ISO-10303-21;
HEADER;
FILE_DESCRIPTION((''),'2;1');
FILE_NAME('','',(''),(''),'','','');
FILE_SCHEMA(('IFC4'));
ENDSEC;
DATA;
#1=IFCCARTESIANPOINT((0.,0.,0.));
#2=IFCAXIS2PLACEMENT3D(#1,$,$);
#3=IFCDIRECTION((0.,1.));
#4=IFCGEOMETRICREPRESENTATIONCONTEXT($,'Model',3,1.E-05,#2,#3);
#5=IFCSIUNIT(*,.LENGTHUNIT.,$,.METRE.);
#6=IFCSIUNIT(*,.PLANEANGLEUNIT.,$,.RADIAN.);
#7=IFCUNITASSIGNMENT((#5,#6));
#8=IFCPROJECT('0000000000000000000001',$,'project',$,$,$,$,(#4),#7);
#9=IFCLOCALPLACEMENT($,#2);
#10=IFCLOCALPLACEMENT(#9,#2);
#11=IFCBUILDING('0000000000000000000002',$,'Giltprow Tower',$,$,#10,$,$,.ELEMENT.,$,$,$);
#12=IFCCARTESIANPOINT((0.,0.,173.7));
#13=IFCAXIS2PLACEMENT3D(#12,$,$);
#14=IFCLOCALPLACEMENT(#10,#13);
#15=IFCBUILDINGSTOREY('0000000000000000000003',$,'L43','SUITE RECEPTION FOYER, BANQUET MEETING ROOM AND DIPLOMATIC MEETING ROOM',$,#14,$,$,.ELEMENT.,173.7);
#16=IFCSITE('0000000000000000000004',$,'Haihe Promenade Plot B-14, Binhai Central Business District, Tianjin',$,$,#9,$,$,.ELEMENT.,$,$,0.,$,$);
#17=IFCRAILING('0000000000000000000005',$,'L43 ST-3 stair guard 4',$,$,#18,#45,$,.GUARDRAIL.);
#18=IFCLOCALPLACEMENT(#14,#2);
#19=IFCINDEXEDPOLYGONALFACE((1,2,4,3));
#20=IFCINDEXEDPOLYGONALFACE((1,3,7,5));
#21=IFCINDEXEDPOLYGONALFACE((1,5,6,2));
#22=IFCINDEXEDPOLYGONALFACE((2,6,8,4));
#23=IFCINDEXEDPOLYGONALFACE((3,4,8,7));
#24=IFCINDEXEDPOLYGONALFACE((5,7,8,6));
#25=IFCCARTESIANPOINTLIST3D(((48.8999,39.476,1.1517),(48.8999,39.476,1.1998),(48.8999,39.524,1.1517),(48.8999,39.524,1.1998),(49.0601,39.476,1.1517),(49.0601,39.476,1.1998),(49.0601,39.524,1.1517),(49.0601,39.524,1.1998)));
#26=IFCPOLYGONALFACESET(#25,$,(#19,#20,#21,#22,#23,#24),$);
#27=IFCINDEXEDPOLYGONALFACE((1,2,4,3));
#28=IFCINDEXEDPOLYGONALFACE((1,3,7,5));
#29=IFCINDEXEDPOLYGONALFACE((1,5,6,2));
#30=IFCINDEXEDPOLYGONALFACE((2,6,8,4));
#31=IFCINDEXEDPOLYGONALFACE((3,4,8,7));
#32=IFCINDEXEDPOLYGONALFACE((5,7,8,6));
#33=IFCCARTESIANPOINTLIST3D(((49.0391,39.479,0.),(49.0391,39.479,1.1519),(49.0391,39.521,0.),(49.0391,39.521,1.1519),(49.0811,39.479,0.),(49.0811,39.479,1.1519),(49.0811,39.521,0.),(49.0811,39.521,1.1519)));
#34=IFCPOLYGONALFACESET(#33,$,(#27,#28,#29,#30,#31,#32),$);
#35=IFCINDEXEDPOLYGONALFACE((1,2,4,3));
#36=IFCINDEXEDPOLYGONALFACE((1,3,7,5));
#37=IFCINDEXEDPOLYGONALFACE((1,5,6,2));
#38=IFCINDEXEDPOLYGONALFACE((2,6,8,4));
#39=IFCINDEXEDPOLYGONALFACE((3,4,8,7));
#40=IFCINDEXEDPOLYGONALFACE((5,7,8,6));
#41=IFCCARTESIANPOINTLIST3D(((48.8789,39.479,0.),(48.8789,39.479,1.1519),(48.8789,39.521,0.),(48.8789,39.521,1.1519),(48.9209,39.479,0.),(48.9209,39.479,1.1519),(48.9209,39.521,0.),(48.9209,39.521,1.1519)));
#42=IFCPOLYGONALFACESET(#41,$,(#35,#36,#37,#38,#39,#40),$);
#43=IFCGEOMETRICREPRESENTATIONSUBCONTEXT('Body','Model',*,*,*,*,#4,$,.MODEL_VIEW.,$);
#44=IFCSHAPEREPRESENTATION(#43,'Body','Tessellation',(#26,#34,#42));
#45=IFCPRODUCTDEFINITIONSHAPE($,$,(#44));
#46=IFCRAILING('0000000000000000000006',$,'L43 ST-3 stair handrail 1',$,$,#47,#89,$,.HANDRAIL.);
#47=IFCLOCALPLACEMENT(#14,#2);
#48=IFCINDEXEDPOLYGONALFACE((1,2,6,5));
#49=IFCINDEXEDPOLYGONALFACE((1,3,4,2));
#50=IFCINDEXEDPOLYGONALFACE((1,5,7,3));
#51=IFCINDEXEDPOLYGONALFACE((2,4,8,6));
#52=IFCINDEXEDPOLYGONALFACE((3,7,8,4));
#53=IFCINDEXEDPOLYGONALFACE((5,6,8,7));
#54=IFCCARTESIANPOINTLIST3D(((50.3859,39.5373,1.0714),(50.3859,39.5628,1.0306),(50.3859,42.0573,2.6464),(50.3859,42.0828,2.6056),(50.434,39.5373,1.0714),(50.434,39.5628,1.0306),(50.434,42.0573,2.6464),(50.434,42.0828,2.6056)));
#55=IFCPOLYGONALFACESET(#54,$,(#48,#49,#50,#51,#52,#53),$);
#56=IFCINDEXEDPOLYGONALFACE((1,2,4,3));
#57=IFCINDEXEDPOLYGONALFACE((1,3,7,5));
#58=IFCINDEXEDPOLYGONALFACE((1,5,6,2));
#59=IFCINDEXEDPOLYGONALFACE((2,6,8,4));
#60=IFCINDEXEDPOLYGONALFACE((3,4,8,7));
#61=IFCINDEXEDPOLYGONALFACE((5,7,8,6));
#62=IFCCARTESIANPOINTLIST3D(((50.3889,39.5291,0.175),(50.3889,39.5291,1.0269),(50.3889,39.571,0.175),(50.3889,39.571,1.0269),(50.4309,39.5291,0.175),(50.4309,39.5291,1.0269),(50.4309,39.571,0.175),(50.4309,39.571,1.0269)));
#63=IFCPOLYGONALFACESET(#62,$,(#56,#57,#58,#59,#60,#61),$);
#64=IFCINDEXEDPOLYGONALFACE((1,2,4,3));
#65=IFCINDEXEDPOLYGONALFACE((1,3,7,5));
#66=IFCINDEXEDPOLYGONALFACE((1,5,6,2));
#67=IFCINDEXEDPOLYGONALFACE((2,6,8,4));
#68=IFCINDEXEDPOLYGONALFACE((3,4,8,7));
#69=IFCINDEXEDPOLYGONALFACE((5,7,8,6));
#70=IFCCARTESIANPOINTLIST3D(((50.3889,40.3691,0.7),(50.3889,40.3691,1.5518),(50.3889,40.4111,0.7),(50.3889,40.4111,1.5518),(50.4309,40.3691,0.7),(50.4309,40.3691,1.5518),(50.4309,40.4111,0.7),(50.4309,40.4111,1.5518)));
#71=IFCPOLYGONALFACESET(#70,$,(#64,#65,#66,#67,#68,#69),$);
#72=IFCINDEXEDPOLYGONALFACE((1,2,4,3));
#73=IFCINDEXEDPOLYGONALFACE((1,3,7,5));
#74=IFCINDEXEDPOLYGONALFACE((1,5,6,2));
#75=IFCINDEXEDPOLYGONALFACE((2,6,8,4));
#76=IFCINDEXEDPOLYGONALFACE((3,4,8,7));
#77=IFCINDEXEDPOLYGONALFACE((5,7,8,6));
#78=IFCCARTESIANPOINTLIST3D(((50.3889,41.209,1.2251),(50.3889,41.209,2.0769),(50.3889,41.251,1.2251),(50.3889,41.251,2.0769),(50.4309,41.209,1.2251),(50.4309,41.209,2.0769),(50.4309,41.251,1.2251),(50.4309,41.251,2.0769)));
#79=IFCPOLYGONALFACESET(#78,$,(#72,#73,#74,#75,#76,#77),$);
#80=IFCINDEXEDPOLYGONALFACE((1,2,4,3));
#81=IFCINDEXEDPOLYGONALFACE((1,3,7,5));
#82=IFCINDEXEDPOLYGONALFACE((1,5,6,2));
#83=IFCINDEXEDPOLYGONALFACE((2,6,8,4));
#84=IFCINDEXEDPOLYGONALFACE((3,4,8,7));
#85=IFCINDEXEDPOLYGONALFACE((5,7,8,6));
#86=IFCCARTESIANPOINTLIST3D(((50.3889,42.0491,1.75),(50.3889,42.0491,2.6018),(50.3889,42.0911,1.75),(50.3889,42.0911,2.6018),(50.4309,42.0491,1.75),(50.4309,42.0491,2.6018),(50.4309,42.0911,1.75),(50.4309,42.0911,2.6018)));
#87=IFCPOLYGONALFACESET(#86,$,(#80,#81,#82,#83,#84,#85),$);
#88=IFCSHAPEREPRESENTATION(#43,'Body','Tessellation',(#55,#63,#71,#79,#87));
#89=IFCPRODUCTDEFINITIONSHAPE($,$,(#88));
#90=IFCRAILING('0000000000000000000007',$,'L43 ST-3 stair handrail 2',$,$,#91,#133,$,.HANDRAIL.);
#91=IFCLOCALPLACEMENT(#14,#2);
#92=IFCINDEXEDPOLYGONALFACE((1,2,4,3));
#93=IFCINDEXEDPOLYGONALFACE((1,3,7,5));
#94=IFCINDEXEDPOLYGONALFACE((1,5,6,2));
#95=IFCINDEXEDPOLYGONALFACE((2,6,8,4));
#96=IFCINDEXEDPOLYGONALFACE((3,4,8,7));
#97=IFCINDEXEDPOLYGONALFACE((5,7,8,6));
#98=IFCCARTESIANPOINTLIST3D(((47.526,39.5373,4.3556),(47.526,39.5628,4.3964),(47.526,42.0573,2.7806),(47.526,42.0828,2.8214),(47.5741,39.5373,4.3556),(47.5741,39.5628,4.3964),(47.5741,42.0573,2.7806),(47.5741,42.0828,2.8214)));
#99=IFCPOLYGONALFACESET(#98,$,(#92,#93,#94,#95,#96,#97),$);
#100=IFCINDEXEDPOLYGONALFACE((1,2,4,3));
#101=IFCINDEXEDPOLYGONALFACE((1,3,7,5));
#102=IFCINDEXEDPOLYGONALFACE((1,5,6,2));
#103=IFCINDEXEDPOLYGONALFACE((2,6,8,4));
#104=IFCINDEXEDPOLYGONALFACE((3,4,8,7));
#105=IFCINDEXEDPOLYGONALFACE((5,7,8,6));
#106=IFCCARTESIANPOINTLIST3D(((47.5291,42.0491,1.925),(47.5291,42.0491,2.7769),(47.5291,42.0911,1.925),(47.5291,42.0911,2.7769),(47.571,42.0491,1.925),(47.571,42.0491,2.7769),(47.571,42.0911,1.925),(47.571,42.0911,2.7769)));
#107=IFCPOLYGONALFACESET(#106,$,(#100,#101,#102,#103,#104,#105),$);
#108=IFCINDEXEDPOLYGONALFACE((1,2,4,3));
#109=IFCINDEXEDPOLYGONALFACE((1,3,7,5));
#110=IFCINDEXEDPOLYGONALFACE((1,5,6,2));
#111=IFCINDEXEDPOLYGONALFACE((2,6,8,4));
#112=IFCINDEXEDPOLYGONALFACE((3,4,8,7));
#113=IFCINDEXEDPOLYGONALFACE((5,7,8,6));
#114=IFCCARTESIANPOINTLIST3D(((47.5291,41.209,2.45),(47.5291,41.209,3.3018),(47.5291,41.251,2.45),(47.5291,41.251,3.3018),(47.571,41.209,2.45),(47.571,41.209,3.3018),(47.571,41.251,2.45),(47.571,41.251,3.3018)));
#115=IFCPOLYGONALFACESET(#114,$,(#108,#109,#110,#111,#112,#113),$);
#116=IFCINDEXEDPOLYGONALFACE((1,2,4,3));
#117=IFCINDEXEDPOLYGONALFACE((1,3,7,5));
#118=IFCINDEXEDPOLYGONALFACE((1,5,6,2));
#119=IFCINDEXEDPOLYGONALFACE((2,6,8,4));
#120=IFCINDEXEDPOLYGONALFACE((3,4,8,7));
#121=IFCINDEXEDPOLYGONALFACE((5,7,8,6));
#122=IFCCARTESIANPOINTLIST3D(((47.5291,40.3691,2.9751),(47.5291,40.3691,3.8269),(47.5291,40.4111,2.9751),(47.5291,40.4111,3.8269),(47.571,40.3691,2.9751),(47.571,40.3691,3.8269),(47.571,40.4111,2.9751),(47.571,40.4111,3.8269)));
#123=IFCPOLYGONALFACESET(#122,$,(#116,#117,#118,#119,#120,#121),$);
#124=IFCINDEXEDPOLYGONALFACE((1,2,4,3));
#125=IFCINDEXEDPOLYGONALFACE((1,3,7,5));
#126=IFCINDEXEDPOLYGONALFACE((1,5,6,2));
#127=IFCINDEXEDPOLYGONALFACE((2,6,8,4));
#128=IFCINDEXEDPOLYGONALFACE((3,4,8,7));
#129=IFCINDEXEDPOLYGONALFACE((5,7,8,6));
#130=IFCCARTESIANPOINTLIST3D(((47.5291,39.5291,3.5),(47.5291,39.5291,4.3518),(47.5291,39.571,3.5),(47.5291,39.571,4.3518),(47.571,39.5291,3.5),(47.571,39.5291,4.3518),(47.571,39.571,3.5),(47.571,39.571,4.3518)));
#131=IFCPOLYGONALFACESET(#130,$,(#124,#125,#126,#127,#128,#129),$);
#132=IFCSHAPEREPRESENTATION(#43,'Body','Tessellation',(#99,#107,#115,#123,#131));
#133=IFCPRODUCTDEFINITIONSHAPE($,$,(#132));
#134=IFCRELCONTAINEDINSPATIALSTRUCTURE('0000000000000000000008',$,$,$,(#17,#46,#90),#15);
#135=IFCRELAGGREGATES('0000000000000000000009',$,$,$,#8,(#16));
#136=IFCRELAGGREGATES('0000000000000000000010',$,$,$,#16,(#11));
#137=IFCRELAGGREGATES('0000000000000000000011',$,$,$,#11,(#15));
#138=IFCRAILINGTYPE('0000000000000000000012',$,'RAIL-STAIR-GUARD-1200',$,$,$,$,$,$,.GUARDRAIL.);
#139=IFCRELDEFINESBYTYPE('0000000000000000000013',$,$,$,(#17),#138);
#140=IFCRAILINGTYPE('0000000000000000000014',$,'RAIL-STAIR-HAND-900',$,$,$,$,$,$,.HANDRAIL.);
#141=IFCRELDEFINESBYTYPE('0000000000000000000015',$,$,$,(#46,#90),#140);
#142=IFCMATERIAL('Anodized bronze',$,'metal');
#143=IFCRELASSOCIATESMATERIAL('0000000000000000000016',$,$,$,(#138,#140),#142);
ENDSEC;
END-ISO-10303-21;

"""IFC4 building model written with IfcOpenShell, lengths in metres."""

from ifc_helpers import new_model, si_unit, direction, frame, origin, origin_2d, place, context, subcontext, project, spatial, rectangle, extrude, material, type_object, element, save


model = new_model("IFC4")

# Units and contexts
model_context = context("Model", 3, precision=1e-05, world=origin(), true_north=direction((0.0, 1.0)))
body_context = subcontext(model_context, "Body", "Model", "MODEL_VIEW")
ifc_project = project(units=[si_unit("LENGTHUNIT", "METRE"), si_unit("PLANEANGLEUNIT", "RADIAN")], contexts=[model_context])

# Site, building, storey
site_placement = place(None, origin())
site = spatial("IfcSite", under=ifc_project, at=site_placement, Name="Haihe Promenade Plot B-14, Binhai Central Business District, Tianjin", CompositionType="ELEMENT", RefElevation=0.0)
building_placement = place(site_placement, origin())
building = spatial("IfcBuilding", under=site, at=building_placement, Name="Giltprow Tower", CompositionType="ELEMENT")
storey_placement = place(building_placement, frame((0.0, 0.0, 173.7)))
storey = spatial("IfcBuildingStorey", under=building, at=storey_placement, Name="L43", Description="SUITE RECEPTION FOYER, BANQUET MEETING ROOM AND DIPLOMATIC MEETING ROOM", CompositionType="ELEMENT", Elevation=173.7)

# Railings
ifc_material_1 = material(Name="Anodized bronze", Category="metal")
railing_type_1 = type_object("IfcRailingType", Name="RAIL-STAIR-GUARD-1200", PredefinedType="GUARDRAIL", material=ifc_material_1)
railing_1_placement = place(storey_placement, frame((49.0601, 39.5, 0.0)))
element("IfcRailing", 1, at=railing_1_placement, inside=storey, type_object=railing_type_1, Name="L43 ST-3 stair guard 4", PredefinedType="GUARDRAIL", context=body_context, shape_type="SweptSolid", body=[
    extrude(rectangle(XDim=0.0481, YDim=0.0481, at=origin_2d()), frame((0.0, 0.0, 1.1758), z_axis=(-1.0, 0.0, 0.0), x_axis=(0.0, -1.0, 0.0)), (0.0, 0.0, 1.0), 0.1602),
    extrude(rectangle(XDim=0.042, YDim=0.042, at=origin_2d()), origin(), (0.0, 0.0, 1.0), 1.1519),
    extrude(rectangle(XDim=0.042, YDim=0.042, at=origin_2d()), frame((-0.1602, 0.0, 0.0)), (0.0, 0.0, 1.0), 1.1519),
])
railing_type_2 = type_object("IfcRailingType", Name="RAIL-STAIR-HAND-900", PredefinedType="HANDRAIL", material=ifc_material_1)
railing_2_placement = place(storey_placement, frame((50.4099, 39.55, 0.175)))
element("IfcRailing", 2, at=railing_2_placement, inside=storey, type_object=railing_type_2, Name="L43 ST-3 stair handrail 1", PredefinedType="HANDRAIL", context=body_context, shape_type="SweptSolid", body=[
    extrude(rectangle(XDim=0.0481, YDim=0.0481, at=origin_2d()), frame((0.0, 0.0, 0.876), z_axis=(0.0, 0.848008, 0.529984), x_axis=(-1.0, 0.0, 0.0)), (0.0, 0.0, 1.0), 2.9717),
    extrude(rectangle(XDim=0.042, YDim=0.042, at=origin_2d()), origin(), (0.0, 0.0, 1.0), 0.8518),
    extrude(rectangle(XDim=0.042, YDim=0.042, at=origin_2d()), frame((0.0, 0.8401, 0.5249)), (0.0, 0.0, 1.0), 0.8518),
    extrude(rectangle(XDim=0.042, YDim=0.042, at=origin_2d()), frame((0.0, 1.6799, 1.05)), (0.0, 0.0, 1.0), 0.8518),
    extrude(rectangle(XDim=0.042, YDim=0.042, at=origin_2d()), frame((0.0, 2.52, 1.575)), (0.0, 0.0, 1.0), 0.8518),
])
railing_3_placement = place(storey_placement, frame((47.55, 42.0701, 1.925)))
element("IfcRailing", 3, at=railing_3_placement, inside=storey, type_object=railing_type_2, Name="L43 ST-3 stair handrail 2", PredefinedType="HANDRAIL", context=body_context, shape_type="SweptSolid", body=[
    extrude(rectangle(XDim=0.0481, YDim=0.0481, at=origin_2d()), frame((0.0, 0.0, 0.876), z_axis=(0.0, -0.848008, 0.529984), x_axis=(1.0, 0.0, 0.0)), (0.0, 0.0, 1.0), 2.9717),
    extrude(rectangle(XDim=0.042, YDim=0.042, at=origin_2d()), origin(), (0.0, 0.0, 1.0), 0.8518),
    extrude(rectangle(XDim=0.042, YDim=0.042, at=origin_2d()), frame((0.0, -0.8401, 0.5249)), (0.0, 0.0, 1.0), 0.8518),
    extrude(rectangle(XDim=0.042, YDim=0.042, at=origin_2d()), frame((0.0, -1.6799, 1.05)), (0.0, 0.0, 1.0), 0.8518),
    extrude(rectangle(XDim=0.042, YDim=0.042, at=origin_2d()), frame((0.0, -2.52, 1.575)), (0.0, 0.0, 1.0), 0.8518),
])

save(model, "model.ifc")
